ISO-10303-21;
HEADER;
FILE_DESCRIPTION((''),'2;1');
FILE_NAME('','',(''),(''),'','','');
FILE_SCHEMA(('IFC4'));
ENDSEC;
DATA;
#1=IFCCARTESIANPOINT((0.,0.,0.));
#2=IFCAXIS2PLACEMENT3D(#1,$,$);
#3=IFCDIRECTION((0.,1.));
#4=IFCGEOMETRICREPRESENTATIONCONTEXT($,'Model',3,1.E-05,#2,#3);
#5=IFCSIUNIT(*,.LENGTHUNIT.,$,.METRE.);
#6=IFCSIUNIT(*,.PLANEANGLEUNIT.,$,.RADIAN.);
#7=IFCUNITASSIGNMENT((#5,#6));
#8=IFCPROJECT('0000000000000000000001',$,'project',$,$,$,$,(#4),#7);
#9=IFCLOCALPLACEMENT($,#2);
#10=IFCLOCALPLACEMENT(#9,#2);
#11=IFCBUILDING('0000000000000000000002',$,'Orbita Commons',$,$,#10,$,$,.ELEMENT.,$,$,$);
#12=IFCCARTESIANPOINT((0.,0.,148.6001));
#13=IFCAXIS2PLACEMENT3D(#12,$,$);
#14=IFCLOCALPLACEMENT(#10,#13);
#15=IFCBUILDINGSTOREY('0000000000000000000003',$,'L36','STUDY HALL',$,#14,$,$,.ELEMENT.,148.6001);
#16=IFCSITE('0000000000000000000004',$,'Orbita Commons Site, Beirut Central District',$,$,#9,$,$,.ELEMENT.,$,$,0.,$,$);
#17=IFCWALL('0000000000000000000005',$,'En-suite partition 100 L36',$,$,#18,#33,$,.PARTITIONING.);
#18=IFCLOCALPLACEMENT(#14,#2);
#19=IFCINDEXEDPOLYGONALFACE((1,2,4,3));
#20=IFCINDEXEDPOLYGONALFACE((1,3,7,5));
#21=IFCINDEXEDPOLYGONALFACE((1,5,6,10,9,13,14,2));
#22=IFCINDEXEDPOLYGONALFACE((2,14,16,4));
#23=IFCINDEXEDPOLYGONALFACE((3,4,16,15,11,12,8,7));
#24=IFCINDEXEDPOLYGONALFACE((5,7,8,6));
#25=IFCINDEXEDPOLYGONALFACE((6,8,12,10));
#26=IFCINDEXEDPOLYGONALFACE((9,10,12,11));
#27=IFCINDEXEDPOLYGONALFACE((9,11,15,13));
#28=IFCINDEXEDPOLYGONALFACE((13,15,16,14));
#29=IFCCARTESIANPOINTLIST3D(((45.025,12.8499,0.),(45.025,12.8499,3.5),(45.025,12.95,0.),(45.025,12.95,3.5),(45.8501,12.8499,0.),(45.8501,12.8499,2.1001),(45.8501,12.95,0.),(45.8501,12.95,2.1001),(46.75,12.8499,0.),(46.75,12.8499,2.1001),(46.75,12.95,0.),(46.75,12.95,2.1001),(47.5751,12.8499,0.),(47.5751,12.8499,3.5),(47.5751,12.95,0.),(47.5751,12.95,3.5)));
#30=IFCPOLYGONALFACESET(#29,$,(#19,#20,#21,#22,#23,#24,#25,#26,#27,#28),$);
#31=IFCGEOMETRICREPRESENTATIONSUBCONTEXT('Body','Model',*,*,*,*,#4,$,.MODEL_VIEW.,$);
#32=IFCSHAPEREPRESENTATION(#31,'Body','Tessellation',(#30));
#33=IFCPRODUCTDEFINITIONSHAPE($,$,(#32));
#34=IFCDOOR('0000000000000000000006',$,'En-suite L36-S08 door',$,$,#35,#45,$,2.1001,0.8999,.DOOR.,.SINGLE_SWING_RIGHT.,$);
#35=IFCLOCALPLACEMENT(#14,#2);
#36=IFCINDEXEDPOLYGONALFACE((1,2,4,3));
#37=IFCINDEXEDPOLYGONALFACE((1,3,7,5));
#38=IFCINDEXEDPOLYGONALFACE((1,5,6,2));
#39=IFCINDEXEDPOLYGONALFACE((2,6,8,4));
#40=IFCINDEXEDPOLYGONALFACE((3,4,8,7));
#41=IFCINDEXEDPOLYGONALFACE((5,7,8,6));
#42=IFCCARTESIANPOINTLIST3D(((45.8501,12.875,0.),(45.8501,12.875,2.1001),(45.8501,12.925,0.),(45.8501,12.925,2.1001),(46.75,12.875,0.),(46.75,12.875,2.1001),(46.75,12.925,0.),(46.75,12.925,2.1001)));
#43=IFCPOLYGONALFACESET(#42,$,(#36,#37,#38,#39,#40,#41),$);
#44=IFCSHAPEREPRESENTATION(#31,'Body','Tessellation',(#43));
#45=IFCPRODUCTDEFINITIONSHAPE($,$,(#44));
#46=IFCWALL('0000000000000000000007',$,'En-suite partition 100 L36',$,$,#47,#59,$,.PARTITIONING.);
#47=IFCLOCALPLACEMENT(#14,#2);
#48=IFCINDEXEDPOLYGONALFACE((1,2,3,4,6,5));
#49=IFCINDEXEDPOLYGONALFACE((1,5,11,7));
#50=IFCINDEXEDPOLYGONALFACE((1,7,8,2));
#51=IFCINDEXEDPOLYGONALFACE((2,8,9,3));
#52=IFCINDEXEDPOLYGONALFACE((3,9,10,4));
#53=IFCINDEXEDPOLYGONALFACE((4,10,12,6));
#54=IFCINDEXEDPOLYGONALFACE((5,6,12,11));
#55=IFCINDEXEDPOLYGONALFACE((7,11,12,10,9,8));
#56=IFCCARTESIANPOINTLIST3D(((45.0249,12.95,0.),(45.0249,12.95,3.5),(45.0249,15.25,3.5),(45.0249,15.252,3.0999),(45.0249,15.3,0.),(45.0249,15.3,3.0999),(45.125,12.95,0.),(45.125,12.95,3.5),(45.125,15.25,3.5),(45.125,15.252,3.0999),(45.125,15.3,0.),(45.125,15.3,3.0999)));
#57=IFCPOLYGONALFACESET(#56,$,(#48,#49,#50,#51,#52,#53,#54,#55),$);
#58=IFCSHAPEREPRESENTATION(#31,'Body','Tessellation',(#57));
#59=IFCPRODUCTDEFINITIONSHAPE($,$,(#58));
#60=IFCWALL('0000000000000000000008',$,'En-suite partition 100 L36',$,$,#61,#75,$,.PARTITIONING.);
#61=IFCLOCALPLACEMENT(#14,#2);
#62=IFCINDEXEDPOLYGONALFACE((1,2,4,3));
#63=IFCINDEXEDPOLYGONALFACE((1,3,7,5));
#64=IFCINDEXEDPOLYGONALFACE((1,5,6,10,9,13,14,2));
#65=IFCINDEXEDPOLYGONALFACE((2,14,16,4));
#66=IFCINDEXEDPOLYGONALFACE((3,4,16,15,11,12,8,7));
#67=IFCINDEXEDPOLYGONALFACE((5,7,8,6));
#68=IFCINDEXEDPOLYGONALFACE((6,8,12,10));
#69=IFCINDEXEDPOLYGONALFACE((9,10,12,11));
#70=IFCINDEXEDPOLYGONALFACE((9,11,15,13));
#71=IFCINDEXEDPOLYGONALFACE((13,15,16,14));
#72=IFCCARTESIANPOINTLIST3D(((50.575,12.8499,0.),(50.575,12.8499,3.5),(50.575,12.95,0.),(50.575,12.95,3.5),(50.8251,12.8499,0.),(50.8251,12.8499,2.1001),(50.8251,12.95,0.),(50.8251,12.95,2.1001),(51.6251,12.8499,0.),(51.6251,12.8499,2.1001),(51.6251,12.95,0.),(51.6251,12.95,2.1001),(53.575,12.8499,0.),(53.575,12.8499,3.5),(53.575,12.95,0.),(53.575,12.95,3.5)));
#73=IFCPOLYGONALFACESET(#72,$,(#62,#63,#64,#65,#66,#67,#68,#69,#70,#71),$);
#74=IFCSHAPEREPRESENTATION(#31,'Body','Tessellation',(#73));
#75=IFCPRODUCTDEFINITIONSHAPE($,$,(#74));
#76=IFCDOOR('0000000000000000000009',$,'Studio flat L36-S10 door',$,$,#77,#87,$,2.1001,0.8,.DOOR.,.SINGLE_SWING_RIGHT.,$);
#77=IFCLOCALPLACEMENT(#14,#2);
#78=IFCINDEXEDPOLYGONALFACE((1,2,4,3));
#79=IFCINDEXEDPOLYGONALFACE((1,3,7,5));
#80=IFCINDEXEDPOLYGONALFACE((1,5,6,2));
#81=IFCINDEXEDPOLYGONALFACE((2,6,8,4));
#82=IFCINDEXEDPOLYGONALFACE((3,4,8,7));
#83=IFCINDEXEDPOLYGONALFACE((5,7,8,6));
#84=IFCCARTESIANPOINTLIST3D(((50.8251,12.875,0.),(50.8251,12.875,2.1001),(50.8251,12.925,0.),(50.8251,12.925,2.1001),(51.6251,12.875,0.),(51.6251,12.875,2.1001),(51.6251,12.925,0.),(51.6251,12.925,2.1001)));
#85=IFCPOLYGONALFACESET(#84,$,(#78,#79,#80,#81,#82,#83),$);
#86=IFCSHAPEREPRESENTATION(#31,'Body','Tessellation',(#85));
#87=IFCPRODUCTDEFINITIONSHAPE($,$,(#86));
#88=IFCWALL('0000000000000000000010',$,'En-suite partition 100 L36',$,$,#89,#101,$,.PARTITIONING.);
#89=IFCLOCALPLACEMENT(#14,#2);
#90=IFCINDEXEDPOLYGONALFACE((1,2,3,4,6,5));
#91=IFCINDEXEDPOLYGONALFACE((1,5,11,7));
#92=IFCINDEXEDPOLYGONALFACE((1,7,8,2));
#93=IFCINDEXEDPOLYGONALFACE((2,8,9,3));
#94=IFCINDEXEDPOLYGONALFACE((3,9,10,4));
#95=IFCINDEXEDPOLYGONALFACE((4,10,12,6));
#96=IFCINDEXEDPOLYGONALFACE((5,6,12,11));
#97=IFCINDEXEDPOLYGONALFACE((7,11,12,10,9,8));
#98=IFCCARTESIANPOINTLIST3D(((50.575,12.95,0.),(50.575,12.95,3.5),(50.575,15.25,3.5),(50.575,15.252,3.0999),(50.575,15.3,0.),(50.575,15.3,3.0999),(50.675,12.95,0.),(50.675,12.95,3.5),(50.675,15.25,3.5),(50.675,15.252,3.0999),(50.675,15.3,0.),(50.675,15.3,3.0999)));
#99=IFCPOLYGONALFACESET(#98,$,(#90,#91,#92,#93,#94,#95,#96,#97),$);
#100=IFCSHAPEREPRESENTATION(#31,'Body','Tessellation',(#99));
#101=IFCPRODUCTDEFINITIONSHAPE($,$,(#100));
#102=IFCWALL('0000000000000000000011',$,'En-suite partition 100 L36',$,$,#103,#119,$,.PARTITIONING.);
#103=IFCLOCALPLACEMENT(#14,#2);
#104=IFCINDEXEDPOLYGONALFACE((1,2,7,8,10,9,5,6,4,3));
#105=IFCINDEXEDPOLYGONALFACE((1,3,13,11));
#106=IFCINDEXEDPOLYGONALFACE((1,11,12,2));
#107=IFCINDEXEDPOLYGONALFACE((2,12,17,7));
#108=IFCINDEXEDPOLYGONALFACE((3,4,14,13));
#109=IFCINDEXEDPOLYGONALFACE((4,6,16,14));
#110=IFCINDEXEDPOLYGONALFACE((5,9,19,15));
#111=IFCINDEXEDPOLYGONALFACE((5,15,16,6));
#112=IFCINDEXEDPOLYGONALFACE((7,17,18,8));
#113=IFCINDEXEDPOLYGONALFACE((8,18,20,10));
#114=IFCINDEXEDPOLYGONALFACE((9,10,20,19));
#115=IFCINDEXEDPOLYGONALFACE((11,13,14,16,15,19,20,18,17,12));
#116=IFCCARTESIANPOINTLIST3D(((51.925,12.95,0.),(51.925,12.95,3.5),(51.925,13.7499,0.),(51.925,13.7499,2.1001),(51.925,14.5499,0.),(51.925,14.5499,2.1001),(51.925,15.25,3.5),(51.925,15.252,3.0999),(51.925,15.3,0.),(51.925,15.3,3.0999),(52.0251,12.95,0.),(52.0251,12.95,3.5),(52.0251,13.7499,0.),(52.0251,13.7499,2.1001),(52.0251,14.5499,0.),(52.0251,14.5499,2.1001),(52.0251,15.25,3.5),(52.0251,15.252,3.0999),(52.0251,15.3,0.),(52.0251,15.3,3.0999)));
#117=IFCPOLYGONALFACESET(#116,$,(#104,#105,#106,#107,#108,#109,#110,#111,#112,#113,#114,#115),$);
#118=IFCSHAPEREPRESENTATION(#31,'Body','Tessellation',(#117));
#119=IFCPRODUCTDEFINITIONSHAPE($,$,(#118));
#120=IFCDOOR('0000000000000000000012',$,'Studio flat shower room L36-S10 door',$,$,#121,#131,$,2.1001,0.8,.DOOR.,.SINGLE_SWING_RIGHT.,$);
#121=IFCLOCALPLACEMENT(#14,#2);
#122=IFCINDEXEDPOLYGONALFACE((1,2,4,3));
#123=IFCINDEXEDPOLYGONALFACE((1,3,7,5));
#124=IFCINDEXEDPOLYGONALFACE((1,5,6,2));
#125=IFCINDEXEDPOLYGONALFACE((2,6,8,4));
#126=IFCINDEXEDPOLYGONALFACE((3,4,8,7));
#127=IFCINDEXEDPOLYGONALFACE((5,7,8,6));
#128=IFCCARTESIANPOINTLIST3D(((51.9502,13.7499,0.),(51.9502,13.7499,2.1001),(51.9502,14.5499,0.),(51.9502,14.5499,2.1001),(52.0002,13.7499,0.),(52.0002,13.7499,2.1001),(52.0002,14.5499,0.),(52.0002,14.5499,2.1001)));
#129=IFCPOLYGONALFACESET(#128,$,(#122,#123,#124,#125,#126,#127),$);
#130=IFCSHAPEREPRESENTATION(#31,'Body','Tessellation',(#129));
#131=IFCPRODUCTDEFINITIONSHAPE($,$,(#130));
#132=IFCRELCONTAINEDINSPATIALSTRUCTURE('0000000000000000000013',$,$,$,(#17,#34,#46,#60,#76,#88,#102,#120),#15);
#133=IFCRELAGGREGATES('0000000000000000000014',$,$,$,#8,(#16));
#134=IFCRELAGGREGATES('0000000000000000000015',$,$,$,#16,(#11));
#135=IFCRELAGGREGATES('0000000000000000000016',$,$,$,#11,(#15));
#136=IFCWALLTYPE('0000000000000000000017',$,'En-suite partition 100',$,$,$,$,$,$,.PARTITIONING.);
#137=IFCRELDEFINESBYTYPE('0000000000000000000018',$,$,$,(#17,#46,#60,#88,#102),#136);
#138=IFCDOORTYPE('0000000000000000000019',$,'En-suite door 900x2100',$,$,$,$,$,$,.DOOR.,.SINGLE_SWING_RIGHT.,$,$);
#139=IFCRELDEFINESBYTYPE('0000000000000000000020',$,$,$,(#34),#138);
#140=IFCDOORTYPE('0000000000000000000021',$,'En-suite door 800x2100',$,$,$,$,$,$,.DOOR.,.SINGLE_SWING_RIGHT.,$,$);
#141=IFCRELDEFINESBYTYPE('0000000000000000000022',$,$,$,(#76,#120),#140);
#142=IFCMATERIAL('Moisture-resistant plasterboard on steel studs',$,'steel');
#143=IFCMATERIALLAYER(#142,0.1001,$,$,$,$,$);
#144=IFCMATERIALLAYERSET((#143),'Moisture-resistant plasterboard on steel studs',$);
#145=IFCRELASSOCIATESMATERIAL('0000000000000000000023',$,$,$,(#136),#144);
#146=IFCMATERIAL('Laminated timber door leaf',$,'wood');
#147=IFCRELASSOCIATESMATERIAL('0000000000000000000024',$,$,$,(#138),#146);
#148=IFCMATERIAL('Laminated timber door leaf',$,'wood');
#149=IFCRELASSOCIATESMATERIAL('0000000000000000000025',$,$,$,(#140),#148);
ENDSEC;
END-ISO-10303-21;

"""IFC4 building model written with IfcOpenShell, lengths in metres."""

from ifc_helpers import new_model, si_unit, direction, frame, frame_2d, origin, place, context, subcontext, project, spatial, polyline, rectangle, outline, extrude, material, layer, layer_set, type_object, element, fill, save


model = new_model("IFC4")

# Units and contexts
model_context = context("Model", 3, precision=1e-05, world=origin(), true_north=direction((0.0, 1.0)))
body_context = subcontext(model_context, "Body", "Model", "MODEL_VIEW")
ifc_project = project(units=[si_unit("LENGTHUNIT", "METRE"), si_unit("PLANEANGLEUNIT", "RADIAN")], contexts=[model_context])

# Site, building, storey
site_placement = place(None, origin())
site = spatial("IfcSite", under=ifc_project, at=site_placement, Name="Orbita Commons Site, Beirut Central District", CompositionType="ELEMENT", RefElevation=0.0)
building_placement = place(site_placement, origin())
building = spatial("IfcBuilding", under=site, at=building_placement, Name="Orbita Commons", CompositionType="ELEMENT")
storey_placement = place(building_placement, frame((0.0, 0.0, 148.6001)))
storey = spatial("IfcBuildingStorey", under=building, at=storey_placement, Name="L36", Description="STUDY HALL", CompositionType="ELEMENT", Elevation=148.6001)

# Wall, opening, door
ifc_material_1 = material(Name="Moisture-resistant plasterboard on steel studs", Category="steel")
ifc_layer_1 = layer(ifc_material_1, 0.1001)
ifc_layer_set_1 = layer_set([ifc_layer_1], Name="Moisture-resistant plasterboard on steel studs")
wall_type_1 = type_object("IfcWallType", Name="En-suite partition 100", PredefinedType="PARTITIONING", material=ifc_layer_set_1)
wall_1_placement = place(storey_placement, frame((47.575, 12.8999, 0.0), z_axis=(0.0, 0.0, 1.0), x_axis=(-1.0, 0.0, 0.0)))
wall_1 = element("IfcWall", 1, at=wall_1_placement, inside=storey, type_object=wall_type_1, Name="En-suite partition 100 L36", PredefinedType="PARTITIONING", context=body_context, shape_type="SweptSolid", body=[
    extrude(rectangle(XDim=2.55, YDim=0.1001, at=frame_2d((1.2749, 0.0))), origin(), (0.0, 0.0, 1.0), 3.5),
])
opening_1_placement = place(wall_1_placement, frame((0.825, 0.0, 0.0)))
opening_1 = element("IfcOpeningElement", 2, at=opening_1_placement, cuts=wall_1, PredefinedType="OPENING", context=body_context, shape_type="SweptSolid", body=[
    extrude(rectangle(XDim=0.8999, YDim=2.1001, at=frame_2d((0.45, 1.05))), frame((0.0, 0.0601, 0.0), z_axis=(0.0, -1.0, 0.0), x_axis=(1.0, 0.0, 0.0)), (0.0, 0.0, 1.0), 0.1201),
])
ifc_material_2 = material(Name="Laminated timber door leaf", Category="wood")
door_type_1 = type_object("IfcDoorType", Name="En-suite door 900x2100", OperationType="SINGLE_SWING_RIGHT", PredefinedType="DOOR", material=ifc_material_2)
door_1_placement = place(opening_1_placement, origin())
door_1 = element("IfcDoor", 3, at=door_1_placement, inside=storey, type_object=door_type_1, Name="En-suite L36-S08 door", OperationType="SINGLE_SWING_RIGHT", OverallHeight=2.1001, OverallWidth=0.8999, PredefinedType="DOOR", context=body_context, shape_type="SweptSolid", body=[
    extrude(rectangle(XDim=0.8999, YDim=2.1001, at=frame_2d((0.45, 1.05))), frame((0.0, 0.0249, 0.0), z_axis=(0.0, -1.0, 0.0), x_axis=(1.0, 0.0, 0.0)), (0.0, 0.0, 1.0), 0.05),
])
fill(opening_1, door_1)

# Wall
wall_2_placement = place(storey_placement, frame((45.075, 12.95, 0.0), z_axis=(0.0, 0.0, 1.0), x_axis=(0.0, 1.0, 0.0)))
element("IfcWall", 4, at=wall_2_placement, inside=storey, type_object=wall_type_1, Name="En-suite partition 100 L36", PredefinedType="PARTITIONING", context=body_context, shape_type="SweptSolid", body=[
    extrude(outline(polyline([(0.0, 0.0), (2.3501, 0.0), (2.3501, 3.0999), (2.302, 3.0999), (2.3, 3.5), (0.0, 3.5), (0.0, 0.0)])), frame((0.0, 0.05, 0.0), z_axis=(0.0, -1.0, 0.0), x_axis=(1.0, 0.0, 0.0)), (0.0, 0.0, 1.0), 0.1001),
])

# Wall, opening, door
wall_3_placement = place(storey_placement, frame((53.575, 12.8999, 0.0), z_axis=(0.0, 0.0, 1.0), x_axis=(-1.0, 0.0, 0.0)))
wall_3 = element("IfcWall", 5, at=wall_3_placement, inside=storey, type_object=wall_type_1, Name="En-suite partition 100 L36", PredefinedType="PARTITIONING", context=body_context, shape_type="SweptSolid", body=[
    extrude(rectangle(XDim=3.0, YDim=0.1001, at=frame_2d((1.5, 0.0))), origin(), (0.0, 0.0, 1.0), 3.5),
])
opening_2_placement = place(wall_3_placement, frame((1.95, 0.0, 0.0)))
opening_2 = element("IfcOpeningElement", 6, at=opening_2_placement, cuts=wall_3, PredefinedType="OPENING", context=body_context, shape_type="SweptSolid", body=[
    extrude(rectangle(XDim=0.8, YDim=2.1001, at=frame_2d((0.3999, 1.05))), frame((0.0, 0.0601, 0.0), z_axis=(0.0, -1.0, 0.0), x_axis=(1.0, 0.0, 0.0)), (0.0, 0.0, 1.0), 0.1201),
])
ifc_material_3 = material(Name="Laminated timber door leaf", Category="wood")
door_type_2 = type_object("IfcDoorType", Name="En-suite door 800x2100", OperationType="SINGLE_SWING_RIGHT", PredefinedType="DOOR", material=ifc_material_3)
door_2_placement = place(opening_2_placement, origin())
door_2 = element("IfcDoor", 7, at=door_2_placement, inside=storey, type_object=door_type_2, Name="Studio flat L36-S10 door", OperationType="SINGLE_SWING_RIGHT", OverallHeight=2.1001, OverallWidth=0.8, PredefinedType="DOOR", context=body_context, shape_type="SweptSolid", body=[
    extrude(rectangle(XDim=0.8, YDim=2.1001, at=frame_2d((0.3999, 1.05))), frame((0.0, 0.0249, 0.0), z_axis=(0.0, -1.0, 0.0), x_axis=(1.0, 0.0, 0.0)), (0.0, 0.0, 1.0), 0.05),
])
fill(opening_2, door_2)

# Wall
wall_4_placement = place(storey_placement, frame((50.625, 12.95, 0.0), z_axis=(0.0, 0.0, 1.0), x_axis=(0.0, 1.0, 0.0)))
element("IfcWall", 8, at=wall_4_placement, inside=storey, type_object=wall_type_1, Name="En-suite partition 100 L36", PredefinedType="PARTITIONING", context=body_context, shape_type="SweptSolid", body=[
    extrude(outline(polyline([(0.0, 0.0), (2.3501, 0.0), (2.3501, 3.0999), (2.302, 3.0999), (2.3, 3.5), (0.0, 3.5), (0.0, 0.0)])), frame((0.0, 0.05, 0.0), z_axis=(0.0, -1.0, 0.0), x_axis=(1.0, 0.0, 0.0)), (0.0, 0.0, 1.0), 0.1001),
])

# Wall, opening, door
wall_5_placement = place(storey_placement, frame((51.9751, 12.95, 0.0), z_axis=(0.0, 0.0, 1.0), x_axis=(0.0, 1.0, 0.0)))
wall_5 = element("IfcWall", 9, at=wall_5_placement, inside=storey, type_object=wall_type_1, Name="En-suite partition 100 L36", PredefinedType="PARTITIONING", context=body_context, shape_type="SweptSolid", body=[
    extrude(outline(polyline([(0.0, 0.0), (2.3501, 0.0), (2.3501, 3.0999), (2.302, 3.0999), (2.3, 3.5), (0.0, 3.5), (0.0, 0.0)])), frame((0.0, 0.05, 0.0), z_axis=(0.0, -1.0, 0.0), x_axis=(1.0, 0.0, 0.0)), (0.0, 0.0, 1.0), 0.1001),
])
opening_3_placement = place(wall_5_placement, frame((0.8, 0.0, 0.0)))
opening_3 = element("IfcOpeningElement", 10, at=opening_3_placement, cuts=wall_5, PredefinedType="OPENING", context=body_context, shape_type="SweptSolid", body=[
    extrude(rectangle(XDim=0.8, YDim=2.1001, at=frame_2d((0.3999, 1.05))), frame((0.0, 0.0601, 0.0), z_axis=(0.0, -1.0, 0.0), x_axis=(1.0, 0.0, 0.0)), (0.0, 0.0, 1.0), 0.1201),
])
door_3_placement = place(opening_3_placement, origin())
door_3 = element("IfcDoor", 11, at=door_3_placement, inside=storey, type_object=door_type_2, Name="Studio flat shower room L36-S10 door", OperationType="SINGLE_SWING_RIGHT", OverallHeight=2.1001, OverallWidth=0.8, PredefinedType="DOOR", context=body_context, shape_type="SweptSolid", body=[
    extrude(rectangle(XDim=0.8, YDim=2.1001, at=frame_2d((0.3999, 1.05))), frame((0.0, 0.0249, 0.0), z_axis=(0.0, -1.0, 0.0), x_axis=(1.0, 0.0, 0.0)), (0.0, 0.0, 1.0), 0.05),
])
fill(opening_3, door_3)

save(model, "model.ifc")
